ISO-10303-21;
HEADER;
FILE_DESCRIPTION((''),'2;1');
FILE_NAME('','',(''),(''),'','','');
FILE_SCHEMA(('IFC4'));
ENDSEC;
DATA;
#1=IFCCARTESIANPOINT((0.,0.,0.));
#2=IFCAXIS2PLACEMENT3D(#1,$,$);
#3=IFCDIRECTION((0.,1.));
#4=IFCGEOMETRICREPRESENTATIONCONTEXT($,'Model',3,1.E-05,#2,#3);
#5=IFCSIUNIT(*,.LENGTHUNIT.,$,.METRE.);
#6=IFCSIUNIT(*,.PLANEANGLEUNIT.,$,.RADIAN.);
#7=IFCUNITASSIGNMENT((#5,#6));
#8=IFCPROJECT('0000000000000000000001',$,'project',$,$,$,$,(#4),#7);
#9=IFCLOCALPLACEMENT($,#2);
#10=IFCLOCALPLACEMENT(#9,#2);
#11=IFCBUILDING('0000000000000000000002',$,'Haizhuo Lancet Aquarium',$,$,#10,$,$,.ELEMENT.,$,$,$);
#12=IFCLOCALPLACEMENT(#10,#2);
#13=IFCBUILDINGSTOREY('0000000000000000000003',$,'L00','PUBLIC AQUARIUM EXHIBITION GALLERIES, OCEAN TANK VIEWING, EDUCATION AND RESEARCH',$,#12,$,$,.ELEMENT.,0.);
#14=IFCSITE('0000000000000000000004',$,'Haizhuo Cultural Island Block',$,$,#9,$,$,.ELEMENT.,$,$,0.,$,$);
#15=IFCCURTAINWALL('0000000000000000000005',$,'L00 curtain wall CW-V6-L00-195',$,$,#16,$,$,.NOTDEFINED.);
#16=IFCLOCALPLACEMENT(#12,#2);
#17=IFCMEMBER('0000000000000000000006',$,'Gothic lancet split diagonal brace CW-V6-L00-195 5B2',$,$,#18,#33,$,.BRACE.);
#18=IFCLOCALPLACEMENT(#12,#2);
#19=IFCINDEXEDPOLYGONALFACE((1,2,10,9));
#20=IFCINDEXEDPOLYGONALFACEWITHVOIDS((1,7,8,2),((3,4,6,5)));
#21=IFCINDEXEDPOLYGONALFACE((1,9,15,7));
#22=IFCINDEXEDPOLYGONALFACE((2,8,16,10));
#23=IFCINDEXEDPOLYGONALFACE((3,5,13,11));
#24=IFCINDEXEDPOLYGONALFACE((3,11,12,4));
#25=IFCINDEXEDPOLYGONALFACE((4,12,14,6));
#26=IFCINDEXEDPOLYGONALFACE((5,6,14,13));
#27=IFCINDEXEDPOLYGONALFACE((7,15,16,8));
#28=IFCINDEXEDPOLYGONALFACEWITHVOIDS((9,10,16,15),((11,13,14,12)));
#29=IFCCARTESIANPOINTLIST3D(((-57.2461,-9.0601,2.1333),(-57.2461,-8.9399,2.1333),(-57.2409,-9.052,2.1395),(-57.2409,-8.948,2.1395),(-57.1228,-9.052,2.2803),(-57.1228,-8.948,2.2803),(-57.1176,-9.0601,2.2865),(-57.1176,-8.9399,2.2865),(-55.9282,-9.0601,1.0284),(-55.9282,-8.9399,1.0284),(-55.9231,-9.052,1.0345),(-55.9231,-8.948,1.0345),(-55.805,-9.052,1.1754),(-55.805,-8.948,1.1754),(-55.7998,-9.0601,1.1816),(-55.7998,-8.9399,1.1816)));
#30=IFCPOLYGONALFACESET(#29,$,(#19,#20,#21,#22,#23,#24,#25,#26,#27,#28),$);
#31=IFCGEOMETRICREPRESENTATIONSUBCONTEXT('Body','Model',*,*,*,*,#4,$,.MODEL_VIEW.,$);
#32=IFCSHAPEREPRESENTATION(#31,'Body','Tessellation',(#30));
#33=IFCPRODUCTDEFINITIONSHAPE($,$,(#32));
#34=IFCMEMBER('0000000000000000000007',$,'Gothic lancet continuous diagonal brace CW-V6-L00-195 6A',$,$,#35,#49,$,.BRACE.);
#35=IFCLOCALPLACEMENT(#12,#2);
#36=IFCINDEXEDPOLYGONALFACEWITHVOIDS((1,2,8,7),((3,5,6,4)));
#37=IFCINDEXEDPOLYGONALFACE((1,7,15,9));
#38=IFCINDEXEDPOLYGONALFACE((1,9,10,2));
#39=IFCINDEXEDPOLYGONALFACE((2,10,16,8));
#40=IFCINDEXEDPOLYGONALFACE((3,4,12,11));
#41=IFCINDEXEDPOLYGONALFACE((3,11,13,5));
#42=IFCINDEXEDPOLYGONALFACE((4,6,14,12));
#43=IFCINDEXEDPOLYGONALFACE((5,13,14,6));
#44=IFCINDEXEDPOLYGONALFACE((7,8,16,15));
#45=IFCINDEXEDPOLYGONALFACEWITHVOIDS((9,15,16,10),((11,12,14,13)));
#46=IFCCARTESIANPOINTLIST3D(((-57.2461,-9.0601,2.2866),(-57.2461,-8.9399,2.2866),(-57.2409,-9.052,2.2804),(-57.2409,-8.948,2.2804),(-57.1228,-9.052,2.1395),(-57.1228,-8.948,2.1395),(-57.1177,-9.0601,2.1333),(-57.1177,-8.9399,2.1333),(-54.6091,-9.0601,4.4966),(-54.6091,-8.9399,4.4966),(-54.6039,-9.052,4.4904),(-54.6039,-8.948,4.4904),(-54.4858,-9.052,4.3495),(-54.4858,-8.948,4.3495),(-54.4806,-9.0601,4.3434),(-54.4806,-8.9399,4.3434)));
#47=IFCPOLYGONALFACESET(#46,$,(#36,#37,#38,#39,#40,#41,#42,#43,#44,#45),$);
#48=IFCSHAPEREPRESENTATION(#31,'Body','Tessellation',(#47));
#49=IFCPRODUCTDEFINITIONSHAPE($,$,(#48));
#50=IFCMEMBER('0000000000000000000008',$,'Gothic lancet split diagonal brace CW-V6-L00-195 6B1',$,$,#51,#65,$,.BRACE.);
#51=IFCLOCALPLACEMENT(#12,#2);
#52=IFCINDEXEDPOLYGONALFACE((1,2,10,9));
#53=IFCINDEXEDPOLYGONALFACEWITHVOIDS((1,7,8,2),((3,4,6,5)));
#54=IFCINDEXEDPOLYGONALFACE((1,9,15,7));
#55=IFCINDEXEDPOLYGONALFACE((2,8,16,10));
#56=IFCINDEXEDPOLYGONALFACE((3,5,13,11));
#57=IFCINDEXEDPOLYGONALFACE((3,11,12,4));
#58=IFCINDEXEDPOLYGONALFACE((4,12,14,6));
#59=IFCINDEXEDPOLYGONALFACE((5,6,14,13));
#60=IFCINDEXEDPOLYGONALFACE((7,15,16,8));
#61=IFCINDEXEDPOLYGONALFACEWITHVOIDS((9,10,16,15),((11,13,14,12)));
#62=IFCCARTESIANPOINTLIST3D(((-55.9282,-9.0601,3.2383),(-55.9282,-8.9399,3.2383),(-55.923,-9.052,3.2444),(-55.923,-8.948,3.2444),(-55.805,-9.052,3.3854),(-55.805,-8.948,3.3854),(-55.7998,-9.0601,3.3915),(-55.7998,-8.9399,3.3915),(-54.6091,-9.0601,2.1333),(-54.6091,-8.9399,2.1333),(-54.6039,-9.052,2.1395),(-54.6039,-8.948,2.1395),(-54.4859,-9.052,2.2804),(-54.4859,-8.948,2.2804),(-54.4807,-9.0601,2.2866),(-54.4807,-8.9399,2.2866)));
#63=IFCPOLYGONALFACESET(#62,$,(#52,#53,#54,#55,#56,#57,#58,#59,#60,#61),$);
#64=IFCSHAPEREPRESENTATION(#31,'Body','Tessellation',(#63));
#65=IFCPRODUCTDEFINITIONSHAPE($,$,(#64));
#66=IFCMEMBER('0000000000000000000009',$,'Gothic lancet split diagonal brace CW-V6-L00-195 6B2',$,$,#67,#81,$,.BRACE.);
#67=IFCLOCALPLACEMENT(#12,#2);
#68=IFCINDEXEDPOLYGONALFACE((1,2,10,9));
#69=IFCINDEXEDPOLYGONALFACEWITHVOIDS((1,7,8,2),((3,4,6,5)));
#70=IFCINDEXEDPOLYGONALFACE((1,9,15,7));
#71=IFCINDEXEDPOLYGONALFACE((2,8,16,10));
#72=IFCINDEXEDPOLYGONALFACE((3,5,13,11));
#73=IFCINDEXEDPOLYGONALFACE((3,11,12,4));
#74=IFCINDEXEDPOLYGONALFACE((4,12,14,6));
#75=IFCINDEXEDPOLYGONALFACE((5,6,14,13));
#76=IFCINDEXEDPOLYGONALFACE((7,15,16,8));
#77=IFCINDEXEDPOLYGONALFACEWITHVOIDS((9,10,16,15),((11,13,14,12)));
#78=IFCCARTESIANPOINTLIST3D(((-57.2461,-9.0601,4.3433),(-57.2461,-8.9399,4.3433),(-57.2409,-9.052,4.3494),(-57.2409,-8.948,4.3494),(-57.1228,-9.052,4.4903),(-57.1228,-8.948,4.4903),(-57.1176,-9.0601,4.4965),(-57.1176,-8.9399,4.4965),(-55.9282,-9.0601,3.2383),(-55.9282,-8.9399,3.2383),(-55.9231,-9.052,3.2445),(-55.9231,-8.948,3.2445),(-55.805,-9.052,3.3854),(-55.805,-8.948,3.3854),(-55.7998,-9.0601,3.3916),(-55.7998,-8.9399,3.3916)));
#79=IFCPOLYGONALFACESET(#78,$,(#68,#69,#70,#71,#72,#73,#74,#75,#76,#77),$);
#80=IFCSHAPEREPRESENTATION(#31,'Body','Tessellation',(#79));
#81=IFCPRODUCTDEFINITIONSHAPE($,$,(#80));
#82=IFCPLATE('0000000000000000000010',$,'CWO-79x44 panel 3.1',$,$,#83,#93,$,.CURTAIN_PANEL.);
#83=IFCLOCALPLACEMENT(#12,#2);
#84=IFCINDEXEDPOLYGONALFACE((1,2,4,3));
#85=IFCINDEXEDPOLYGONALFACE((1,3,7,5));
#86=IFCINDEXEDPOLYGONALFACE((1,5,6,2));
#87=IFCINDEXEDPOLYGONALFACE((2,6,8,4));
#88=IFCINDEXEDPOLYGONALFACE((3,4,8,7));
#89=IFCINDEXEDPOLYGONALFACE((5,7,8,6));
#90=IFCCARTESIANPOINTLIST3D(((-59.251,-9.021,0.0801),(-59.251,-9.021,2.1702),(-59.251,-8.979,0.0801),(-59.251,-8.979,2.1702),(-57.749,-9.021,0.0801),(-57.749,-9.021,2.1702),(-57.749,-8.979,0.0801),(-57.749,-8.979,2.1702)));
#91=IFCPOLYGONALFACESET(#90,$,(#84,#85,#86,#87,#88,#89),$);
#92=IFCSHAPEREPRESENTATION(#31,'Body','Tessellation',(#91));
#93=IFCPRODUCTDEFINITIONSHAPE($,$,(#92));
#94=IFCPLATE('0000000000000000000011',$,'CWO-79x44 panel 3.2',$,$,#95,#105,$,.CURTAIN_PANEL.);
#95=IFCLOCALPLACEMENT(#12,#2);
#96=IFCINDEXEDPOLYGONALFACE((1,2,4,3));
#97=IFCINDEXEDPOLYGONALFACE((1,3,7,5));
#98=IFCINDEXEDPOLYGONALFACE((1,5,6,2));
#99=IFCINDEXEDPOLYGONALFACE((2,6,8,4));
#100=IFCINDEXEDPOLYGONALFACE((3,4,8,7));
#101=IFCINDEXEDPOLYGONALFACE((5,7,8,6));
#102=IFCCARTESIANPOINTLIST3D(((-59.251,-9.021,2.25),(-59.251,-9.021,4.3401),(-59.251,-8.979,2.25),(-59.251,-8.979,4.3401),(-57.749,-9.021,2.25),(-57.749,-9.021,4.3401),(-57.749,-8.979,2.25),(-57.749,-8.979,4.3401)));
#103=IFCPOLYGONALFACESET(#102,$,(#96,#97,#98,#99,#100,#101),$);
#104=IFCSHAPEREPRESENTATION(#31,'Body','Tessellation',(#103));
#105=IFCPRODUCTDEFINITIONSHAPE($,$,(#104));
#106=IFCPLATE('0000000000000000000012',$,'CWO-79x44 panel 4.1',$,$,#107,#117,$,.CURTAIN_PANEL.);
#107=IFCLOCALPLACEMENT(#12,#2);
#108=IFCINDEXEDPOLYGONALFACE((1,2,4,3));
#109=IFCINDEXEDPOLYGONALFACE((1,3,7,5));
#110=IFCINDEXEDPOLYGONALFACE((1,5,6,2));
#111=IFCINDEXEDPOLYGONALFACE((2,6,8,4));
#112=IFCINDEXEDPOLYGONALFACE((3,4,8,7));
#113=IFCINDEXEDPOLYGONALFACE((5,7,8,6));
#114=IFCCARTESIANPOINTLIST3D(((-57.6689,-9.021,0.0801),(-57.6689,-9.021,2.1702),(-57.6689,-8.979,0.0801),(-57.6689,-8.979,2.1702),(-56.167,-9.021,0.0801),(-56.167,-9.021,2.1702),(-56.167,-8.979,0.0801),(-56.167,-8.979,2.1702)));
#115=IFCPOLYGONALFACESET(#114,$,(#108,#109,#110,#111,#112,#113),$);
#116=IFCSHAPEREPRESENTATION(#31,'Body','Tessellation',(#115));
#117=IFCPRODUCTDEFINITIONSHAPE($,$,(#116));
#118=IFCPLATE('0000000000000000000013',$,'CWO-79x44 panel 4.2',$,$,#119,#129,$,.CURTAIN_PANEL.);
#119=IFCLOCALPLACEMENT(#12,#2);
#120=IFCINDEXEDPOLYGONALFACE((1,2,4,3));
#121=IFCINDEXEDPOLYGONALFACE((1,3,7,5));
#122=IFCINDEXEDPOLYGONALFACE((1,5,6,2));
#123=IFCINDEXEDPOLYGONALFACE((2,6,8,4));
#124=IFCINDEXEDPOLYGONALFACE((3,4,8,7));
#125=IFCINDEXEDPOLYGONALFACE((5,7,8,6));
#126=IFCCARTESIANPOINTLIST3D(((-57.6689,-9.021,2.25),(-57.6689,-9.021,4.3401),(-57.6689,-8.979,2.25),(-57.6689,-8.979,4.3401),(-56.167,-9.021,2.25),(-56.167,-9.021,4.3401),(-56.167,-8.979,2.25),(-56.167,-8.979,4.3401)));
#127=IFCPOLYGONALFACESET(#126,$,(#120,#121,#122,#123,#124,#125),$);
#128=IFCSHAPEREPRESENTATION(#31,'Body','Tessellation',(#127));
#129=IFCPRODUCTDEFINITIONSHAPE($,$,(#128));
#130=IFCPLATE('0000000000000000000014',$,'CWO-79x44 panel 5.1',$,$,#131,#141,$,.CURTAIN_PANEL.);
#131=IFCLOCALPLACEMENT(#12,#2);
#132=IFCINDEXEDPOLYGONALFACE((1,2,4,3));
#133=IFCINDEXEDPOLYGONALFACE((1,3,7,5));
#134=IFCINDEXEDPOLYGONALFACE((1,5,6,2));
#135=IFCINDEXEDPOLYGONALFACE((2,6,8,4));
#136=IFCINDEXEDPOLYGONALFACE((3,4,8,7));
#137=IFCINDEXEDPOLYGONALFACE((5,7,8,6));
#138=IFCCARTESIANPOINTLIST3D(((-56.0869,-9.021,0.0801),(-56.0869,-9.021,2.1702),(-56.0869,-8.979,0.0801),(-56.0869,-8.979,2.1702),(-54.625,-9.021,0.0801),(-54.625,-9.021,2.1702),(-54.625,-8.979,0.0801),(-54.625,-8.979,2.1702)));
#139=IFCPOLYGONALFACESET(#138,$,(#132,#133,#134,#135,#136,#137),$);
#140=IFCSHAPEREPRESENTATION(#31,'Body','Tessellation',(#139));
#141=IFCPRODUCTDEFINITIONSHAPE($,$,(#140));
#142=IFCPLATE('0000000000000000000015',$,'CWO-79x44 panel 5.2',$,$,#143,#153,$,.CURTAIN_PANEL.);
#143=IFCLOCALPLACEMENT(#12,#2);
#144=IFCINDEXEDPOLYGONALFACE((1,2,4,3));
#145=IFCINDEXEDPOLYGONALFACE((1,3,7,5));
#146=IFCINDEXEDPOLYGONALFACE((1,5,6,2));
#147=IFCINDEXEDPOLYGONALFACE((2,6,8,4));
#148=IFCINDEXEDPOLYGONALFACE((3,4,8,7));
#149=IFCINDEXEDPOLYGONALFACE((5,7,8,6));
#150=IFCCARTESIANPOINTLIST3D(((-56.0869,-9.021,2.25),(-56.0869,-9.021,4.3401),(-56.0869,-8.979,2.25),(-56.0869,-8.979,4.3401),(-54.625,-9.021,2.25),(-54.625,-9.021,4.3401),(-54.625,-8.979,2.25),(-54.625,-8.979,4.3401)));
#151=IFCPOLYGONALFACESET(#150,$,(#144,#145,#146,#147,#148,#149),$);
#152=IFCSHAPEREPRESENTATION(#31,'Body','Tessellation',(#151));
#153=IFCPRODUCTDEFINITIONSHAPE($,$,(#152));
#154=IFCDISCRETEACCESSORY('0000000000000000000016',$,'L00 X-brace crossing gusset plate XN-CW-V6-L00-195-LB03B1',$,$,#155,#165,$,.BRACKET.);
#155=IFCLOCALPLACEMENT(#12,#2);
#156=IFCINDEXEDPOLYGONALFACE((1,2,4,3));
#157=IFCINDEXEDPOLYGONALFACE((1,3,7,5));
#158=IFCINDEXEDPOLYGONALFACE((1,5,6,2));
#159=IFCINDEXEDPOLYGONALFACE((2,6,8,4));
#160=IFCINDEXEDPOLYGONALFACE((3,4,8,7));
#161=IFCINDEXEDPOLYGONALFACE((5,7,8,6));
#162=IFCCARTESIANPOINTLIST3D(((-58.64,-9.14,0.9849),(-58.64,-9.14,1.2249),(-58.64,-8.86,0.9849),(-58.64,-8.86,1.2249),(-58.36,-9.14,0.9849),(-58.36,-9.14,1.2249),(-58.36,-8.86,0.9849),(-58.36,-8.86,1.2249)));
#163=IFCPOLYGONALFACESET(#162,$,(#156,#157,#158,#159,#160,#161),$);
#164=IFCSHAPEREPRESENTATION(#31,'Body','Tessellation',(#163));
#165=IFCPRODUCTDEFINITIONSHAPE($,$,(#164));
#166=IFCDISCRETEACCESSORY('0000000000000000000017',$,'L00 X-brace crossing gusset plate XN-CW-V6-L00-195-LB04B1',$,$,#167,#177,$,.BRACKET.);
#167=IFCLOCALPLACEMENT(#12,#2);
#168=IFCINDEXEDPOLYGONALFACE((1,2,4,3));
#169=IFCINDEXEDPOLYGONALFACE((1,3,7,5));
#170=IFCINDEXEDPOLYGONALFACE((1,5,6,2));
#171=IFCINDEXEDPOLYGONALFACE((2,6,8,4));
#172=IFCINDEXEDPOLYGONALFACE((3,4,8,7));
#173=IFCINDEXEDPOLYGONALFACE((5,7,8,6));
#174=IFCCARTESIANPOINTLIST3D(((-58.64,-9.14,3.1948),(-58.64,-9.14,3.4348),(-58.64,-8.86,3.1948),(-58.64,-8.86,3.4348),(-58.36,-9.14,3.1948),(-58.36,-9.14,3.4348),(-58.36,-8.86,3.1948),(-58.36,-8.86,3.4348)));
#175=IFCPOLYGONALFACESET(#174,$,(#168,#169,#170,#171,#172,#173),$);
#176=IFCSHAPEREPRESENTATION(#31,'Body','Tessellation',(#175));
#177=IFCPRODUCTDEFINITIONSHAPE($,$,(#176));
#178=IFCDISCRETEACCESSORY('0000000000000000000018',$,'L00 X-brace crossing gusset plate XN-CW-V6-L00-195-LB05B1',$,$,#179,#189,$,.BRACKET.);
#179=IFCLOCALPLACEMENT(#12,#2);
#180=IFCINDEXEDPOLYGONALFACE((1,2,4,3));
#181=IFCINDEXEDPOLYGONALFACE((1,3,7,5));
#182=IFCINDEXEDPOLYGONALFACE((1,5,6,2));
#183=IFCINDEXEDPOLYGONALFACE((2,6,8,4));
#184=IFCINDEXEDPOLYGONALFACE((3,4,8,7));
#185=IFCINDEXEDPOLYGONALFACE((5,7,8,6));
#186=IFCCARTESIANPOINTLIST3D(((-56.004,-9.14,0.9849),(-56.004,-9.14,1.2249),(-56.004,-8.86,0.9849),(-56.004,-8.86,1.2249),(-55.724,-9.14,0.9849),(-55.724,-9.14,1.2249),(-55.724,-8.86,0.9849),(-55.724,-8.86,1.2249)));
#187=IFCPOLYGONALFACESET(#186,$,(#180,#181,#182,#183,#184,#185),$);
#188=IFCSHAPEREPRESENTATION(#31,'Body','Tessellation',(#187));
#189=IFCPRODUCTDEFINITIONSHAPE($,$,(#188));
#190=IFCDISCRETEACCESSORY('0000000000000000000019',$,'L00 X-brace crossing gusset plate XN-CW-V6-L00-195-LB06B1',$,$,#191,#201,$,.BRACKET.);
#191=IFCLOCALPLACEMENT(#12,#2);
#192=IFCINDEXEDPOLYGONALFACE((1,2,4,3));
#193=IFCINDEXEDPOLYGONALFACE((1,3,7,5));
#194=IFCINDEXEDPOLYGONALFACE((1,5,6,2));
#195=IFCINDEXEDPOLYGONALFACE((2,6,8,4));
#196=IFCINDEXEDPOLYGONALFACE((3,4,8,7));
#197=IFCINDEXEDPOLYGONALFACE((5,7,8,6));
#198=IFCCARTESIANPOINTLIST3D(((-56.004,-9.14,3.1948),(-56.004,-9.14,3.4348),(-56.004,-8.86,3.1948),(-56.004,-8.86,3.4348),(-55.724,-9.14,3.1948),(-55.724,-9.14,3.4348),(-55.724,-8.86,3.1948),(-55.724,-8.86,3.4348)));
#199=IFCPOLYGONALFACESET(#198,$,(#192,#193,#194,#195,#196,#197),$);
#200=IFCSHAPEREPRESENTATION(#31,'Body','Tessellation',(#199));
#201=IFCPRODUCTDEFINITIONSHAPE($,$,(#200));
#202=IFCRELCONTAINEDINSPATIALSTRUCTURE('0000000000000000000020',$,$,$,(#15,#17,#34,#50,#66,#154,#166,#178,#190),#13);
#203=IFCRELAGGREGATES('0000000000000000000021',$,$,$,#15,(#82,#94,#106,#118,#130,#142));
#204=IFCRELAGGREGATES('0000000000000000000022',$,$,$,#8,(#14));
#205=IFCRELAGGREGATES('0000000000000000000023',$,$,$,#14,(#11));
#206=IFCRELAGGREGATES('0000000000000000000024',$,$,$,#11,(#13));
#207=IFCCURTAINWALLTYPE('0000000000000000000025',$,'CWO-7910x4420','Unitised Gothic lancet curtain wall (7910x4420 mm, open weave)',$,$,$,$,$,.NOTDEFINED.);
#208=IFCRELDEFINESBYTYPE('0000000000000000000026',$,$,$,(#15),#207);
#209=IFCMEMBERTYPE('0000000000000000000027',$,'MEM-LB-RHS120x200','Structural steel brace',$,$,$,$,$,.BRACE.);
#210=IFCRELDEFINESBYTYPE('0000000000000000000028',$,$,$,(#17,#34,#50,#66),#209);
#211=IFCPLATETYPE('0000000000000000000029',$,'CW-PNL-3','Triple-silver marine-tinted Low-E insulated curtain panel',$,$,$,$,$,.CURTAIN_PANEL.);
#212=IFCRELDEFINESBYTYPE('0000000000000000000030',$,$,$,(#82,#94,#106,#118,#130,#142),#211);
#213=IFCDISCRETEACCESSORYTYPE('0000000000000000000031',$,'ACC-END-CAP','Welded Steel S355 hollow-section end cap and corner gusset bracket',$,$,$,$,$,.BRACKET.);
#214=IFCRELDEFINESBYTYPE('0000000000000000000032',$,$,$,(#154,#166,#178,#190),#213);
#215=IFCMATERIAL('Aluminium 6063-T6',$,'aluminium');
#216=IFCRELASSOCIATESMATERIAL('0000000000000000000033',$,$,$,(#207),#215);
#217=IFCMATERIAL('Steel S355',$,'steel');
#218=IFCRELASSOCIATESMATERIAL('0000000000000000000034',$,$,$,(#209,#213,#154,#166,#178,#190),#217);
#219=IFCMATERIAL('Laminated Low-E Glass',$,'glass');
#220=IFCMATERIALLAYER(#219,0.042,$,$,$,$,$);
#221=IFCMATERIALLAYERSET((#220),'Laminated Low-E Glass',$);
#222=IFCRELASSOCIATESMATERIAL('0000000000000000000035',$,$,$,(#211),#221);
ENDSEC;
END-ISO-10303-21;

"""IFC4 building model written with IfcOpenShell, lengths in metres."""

from ifc_helpers import new_model, si_unit, direction, frame, origin, origin_2d, place, context, subcontext, project, spatial, rectangle, hollow_rectangle, extrude, material, layer, layer_set, material_profile, profile_set, type_object, element, aggregate, save


model = new_model("IFC4")

# Units and contexts
model_context = context("Model", 3, precision=1e-05, world=origin(), true_north=direction((0.0, 1.0)))
body_context = subcontext(model_context, "Body", "Model", "MODEL_VIEW")
ifc_project = project(units=[si_unit("LENGTHUNIT", "METRE"), si_unit("PLANEANGLEUNIT", "RADIAN")], contexts=[model_context])

# Site, building, storey
site_placement = place(None, origin())
site = spatial("IfcSite", under=ifc_project, at=site_placement, Name="Haizhuo Cultural Island Block", CompositionType="ELEMENT", RefElevation=0.0)
building_placement = place(site_placement, origin())
building = spatial("IfcBuilding", under=site, at=building_placement, Name="Haizhuo Lancet Aquarium", CompositionType="ELEMENT")
storey_placement = place(building_placement, origin())
storey = spatial("IfcBuildingStorey", under=building, at=storey_placement, Name="L00", Description="PUBLIC AQUARIUM EXHIBITION GALLERIES, OCEAN TANK VIEWING, EDUCATION AND RESEARCH", CompositionType="ELEMENT", Elevation=0.0)

# Shared definitions
ifc_material_1 = material(Name="Steel S355", Category="steel")

# Curtain wall
ifc_material_2 = material(Name="Aluminium 6063-T6", Category="aluminium")
curtain_wall_type = type_object("IfcCurtainWallType", Name="CWO-7910x4420", Description="Unitised Gothic lancet curtain wall (7910x4420 mm, open weave)", PredefinedType="NOTDEFINED", material=ifc_material_2)
curtain_wall_placement = place(storey_placement, origin())
curtain_wall = element("IfcCurtainWall", 1, at=curtain_wall_placement, inside=storey, type_object=curtain_wall_type, Name="L00 curtain wall CW-V6-L00-195", PredefinedType="NOTDEFINED")

# Members
ifc_material_profile_1 = material_profile(ifc_material_1, hollow_rectangle(XDim=0.1201, YDim=0.2, WallThickness=0.0081, at=origin_2d()), Name="RHS 120x200x8")
ifc_profile_set_1 = profile_set([ifc_material_profile_1], Name="Steel S355")
member_type_1 = type_object("IfcMemberType", Name="MEM-LB-RHS120x200", Description="Structural steel brace", PredefinedType="BRACE", material=ifc_profile_set_1)
member_1_placement = place(storey_placement, frame((-55.864, -9.0, 1.105), z_axis=(-0.766286, 0.0, 0.642499), x_axis=(0.0, -1.0, 0.0)))
element("IfcMember", 2, at=member_1_placement, inside=storey, type_object=member_type_1, Name="Gothic lancet split diagonal brace CW-V6-L00-195 5B2", PredefinedType="BRACE", context=body_context, shape_type="SweptSolid", body=[
    extrude(hollow_rectangle(XDim=0.1201, YDim=0.2, WallThickness=0.0081, at=origin_2d()), origin(), (0.0, 0.0, 1.0), 1.7197),
])
member_2_placement = place(storey_placement, frame((-57.1819, -9.0, 2.21), z_axis=(0.766433, 0.0, 0.642325), x_axis=(0.0, 1.0, 0.0)))
element("IfcMember", 3, at=member_2_placement, inside=storey, type_object=member_type_1, Name="Gothic lancet continuous diagonal brace CW-V6-L00-195 6A", PredefinedType="BRACE", context=body_context, shape_type="SweptSolid", body=[
    extrude(hollow_rectangle(XDim=0.1201, YDim=0.2, WallThickness=0.0081, at=origin_2d()), origin(), (0.0, 0.0, 1.0), 3.4407),
])
member_3_placement = place(storey_placement, frame((-54.5449, -9.0, 2.21), z_axis=(-0.766579, 0.0, 0.64215), x_axis=(0.0, -1.0, 0.0)))
element("IfcMember", 4, at=member_3_placement, inside=storey, type_object=member_type_1, Name="Gothic lancet split diagonal brace CW-V6-L00-195 6B1", PredefinedType="BRACE", context=body_context, shape_type="SweptSolid", body=[
    extrude(hollow_rectangle(XDim=0.1201, YDim=0.2, WallThickness=0.0081, at=origin_2d()), origin(), (0.0, 0.0, 1.0), 1.7207),
])
member_4_placement = place(storey_placement, frame((-55.864, -9.0, 3.3149), z_axis=(-0.766286, 0.0, 0.642499), x_axis=(0.0, -1.0, 0.0)))
element("IfcMember", 5, at=member_4_placement, inside=storey, type_object=member_type_1, Name="Gothic lancet split diagonal brace CW-V6-L00-195 6B2", PredefinedType="BRACE", context=body_context, shape_type="SweptSolid", body=[
    extrude(hollow_rectangle(XDim=0.1201, YDim=0.2, WallThickness=0.0081, at=origin_2d()), origin(), (0.0, 0.0, 1.0), 1.7197),
])

# Plates
ifc_material_3 = material(Name="Laminated Low-E Glass", Category="glass")
ifc_layer = layer(ifc_material_3, 0.042)
ifc_layer_set = layer_set([ifc_layer], Name="Laminated Low-E Glass")
plate_type = type_object("IfcPlateType", Name="CW-PNL-3", Description="Triple-silver marine-tinted Low-E insulated curtain panel", PredefinedType="CURTAIN_PANEL", material=ifc_layer_set)
plate_1_placement = place(storey_placement, frame((-58.5, -9.0, 0.0801), z_axis=(0.0, 0.0, 1.0), x_axis=(1.0, 0.0, 0.0)))
plate_1 = element("IfcPlate", 6, at=plate_1_placement, type_object=plate_type, Name="CWO-79x44 panel 3.1", PredefinedType="CURTAIN_PANEL", context=body_context, shape_type="SweptSolid", body=[
    extrude(rectangle(XDim=1.502, YDim=0.042, at=origin_2d()), origin(), (0.0, 0.0, 1.0), 2.0901),
])
plate_2_placement = place(storey_placement, frame((-58.5, -9.0, 2.25), z_axis=(0.0, 0.0, 1.0), x_axis=(1.0, 0.0, 0.0)))
plate_2 = element("IfcPlate", 7, at=plate_2_placement, type_object=plate_type, Name="CWO-79x44 panel 3.2", PredefinedType="CURTAIN_PANEL", context=body_context, shape_type="SweptSolid", body=[
    extrude(rectangle(XDim=1.502, YDim=0.042, at=origin_2d()), origin(), (0.0, 0.0, 1.0), 2.0901),
])
plate_3_placement = place(storey_placement, frame((-56.918, -9.0, 0.0801), z_axis=(0.0, 0.0, 1.0), x_axis=(1.0, 0.0, 0.0)))
plate_3 = element("IfcPlate", 8, at=plate_3_placement, type_object=plate_type, Name="CWO-79x44 panel 4.1", PredefinedType="CURTAIN_PANEL", context=body_context, shape_type="SweptSolid", body=[
    extrude(rectangle(XDim=1.502, YDim=0.042, at=origin_2d()), origin(), (0.0, 0.0, 1.0), 2.0901),
])
plate_4_placement = place(storey_placement, frame((-56.918, -9.0, 2.25), z_axis=(0.0, 0.0, 1.0), x_axis=(1.0, 0.0, 0.0)))
plate_4 = element("IfcPlate", 9, at=plate_4_placement, type_object=plate_type, Name="CWO-79x44 panel 4.2", PredefinedType="CURTAIN_PANEL", context=body_context, shape_type="SweptSolid", body=[
    extrude(rectangle(XDim=1.502, YDim=0.042, at=origin_2d()), origin(), (0.0, 0.0, 1.0), 2.0901),
])
plate_5_placement = place(storey_placement, frame((-55.356, -9.0, 0.0801), z_axis=(0.0, 0.0, 1.0), x_axis=(1.0, 0.0, 0.0)))
plate_5 = element("IfcPlate", 10, at=plate_5_placement, type_object=plate_type, Name="CWO-79x44 panel 5.1", PredefinedType="CURTAIN_PANEL", context=body_context, shape_type="SweptSolid", body=[
    extrude(rectangle(XDim=1.4619, YDim=0.042, at=origin_2d()), origin(), (0.0, 0.0, 1.0), 2.0901),
])
plate_6_placement = place(storey_placement, frame((-55.356, -9.0, 2.25), z_axis=(0.0, 0.0, 1.0), x_axis=(1.0, 0.0, 0.0)))
plate_6 = element("IfcPlate", 11, at=plate_6_placement, type_object=plate_type, Name="CWO-79x44 panel 5.2", PredefinedType="CURTAIN_PANEL", context=body_context, shape_type="SweptSolid", body=[
    extrude(rectangle(XDim=1.4619, YDim=0.042, at=origin_2d()), origin(), (0.0, 0.0, 1.0), 2.0901),
])
aggregate(curtain_wall, [plate_1, plate_2, plate_3, plate_4, plate_5, plate_6])

# Discrete accessories
discrete_accessory_type = type_object("IfcDiscreteAccessoryType", Name="ACC-END-CAP", Description="Welded Steel S355 hollow-section end cap and corner gusset bracket", PredefinedType="BRACKET", material=ifc_material_1)
for number, where, z_axis, x_axis, name in (
    (12, (-58.5, -9.0, 0.9849), (0.0, 0.0, 1.0), (1.0, 0.0, 0.0), "L00 X-brace crossing gusset plate XN-CW-V6-L00-195-LB03B1"),
    (13, (-58.5, -9.0, 3.1948), (0.0, 0.0, 1.0), (1.0, 0.0, 0.0), "L00 X-brace crossing gusset plate XN-CW-V6-L00-195-LB04B1"),
    (14, (-55.864, -9.0, 0.9849), (0.0, 0.0, 1.0), (1.0, 0.0, 0.0), "L00 X-brace crossing gusset plate XN-CW-V6-L00-195-LB05B1"),
    (15, (-55.864, -9.0, 3.1948), (0.0, 0.0, 1.0), (1.0, 0.0, 0.0), "L00 X-brace crossing gusset plate XN-CW-V6-L00-195-LB06B1"),
):
    element("IfcDiscreteAccessory", number, at=place(storey_placement, frame(where, z_axis=z_axis, x_axis=x_axis)), inside=storey, type_object=discrete_accessory_type, material=ifc_material_1, Name=name, PredefinedType="BRACKET", context=body_context, shape_type="SweptSolid", body=[
        extrude(rectangle(XDim=0.28, YDim=0.28, at=origin_2d()), origin(), (0.0, 0.0, 1.0), 0.24),
    ])

save(model, "model.ifc")
